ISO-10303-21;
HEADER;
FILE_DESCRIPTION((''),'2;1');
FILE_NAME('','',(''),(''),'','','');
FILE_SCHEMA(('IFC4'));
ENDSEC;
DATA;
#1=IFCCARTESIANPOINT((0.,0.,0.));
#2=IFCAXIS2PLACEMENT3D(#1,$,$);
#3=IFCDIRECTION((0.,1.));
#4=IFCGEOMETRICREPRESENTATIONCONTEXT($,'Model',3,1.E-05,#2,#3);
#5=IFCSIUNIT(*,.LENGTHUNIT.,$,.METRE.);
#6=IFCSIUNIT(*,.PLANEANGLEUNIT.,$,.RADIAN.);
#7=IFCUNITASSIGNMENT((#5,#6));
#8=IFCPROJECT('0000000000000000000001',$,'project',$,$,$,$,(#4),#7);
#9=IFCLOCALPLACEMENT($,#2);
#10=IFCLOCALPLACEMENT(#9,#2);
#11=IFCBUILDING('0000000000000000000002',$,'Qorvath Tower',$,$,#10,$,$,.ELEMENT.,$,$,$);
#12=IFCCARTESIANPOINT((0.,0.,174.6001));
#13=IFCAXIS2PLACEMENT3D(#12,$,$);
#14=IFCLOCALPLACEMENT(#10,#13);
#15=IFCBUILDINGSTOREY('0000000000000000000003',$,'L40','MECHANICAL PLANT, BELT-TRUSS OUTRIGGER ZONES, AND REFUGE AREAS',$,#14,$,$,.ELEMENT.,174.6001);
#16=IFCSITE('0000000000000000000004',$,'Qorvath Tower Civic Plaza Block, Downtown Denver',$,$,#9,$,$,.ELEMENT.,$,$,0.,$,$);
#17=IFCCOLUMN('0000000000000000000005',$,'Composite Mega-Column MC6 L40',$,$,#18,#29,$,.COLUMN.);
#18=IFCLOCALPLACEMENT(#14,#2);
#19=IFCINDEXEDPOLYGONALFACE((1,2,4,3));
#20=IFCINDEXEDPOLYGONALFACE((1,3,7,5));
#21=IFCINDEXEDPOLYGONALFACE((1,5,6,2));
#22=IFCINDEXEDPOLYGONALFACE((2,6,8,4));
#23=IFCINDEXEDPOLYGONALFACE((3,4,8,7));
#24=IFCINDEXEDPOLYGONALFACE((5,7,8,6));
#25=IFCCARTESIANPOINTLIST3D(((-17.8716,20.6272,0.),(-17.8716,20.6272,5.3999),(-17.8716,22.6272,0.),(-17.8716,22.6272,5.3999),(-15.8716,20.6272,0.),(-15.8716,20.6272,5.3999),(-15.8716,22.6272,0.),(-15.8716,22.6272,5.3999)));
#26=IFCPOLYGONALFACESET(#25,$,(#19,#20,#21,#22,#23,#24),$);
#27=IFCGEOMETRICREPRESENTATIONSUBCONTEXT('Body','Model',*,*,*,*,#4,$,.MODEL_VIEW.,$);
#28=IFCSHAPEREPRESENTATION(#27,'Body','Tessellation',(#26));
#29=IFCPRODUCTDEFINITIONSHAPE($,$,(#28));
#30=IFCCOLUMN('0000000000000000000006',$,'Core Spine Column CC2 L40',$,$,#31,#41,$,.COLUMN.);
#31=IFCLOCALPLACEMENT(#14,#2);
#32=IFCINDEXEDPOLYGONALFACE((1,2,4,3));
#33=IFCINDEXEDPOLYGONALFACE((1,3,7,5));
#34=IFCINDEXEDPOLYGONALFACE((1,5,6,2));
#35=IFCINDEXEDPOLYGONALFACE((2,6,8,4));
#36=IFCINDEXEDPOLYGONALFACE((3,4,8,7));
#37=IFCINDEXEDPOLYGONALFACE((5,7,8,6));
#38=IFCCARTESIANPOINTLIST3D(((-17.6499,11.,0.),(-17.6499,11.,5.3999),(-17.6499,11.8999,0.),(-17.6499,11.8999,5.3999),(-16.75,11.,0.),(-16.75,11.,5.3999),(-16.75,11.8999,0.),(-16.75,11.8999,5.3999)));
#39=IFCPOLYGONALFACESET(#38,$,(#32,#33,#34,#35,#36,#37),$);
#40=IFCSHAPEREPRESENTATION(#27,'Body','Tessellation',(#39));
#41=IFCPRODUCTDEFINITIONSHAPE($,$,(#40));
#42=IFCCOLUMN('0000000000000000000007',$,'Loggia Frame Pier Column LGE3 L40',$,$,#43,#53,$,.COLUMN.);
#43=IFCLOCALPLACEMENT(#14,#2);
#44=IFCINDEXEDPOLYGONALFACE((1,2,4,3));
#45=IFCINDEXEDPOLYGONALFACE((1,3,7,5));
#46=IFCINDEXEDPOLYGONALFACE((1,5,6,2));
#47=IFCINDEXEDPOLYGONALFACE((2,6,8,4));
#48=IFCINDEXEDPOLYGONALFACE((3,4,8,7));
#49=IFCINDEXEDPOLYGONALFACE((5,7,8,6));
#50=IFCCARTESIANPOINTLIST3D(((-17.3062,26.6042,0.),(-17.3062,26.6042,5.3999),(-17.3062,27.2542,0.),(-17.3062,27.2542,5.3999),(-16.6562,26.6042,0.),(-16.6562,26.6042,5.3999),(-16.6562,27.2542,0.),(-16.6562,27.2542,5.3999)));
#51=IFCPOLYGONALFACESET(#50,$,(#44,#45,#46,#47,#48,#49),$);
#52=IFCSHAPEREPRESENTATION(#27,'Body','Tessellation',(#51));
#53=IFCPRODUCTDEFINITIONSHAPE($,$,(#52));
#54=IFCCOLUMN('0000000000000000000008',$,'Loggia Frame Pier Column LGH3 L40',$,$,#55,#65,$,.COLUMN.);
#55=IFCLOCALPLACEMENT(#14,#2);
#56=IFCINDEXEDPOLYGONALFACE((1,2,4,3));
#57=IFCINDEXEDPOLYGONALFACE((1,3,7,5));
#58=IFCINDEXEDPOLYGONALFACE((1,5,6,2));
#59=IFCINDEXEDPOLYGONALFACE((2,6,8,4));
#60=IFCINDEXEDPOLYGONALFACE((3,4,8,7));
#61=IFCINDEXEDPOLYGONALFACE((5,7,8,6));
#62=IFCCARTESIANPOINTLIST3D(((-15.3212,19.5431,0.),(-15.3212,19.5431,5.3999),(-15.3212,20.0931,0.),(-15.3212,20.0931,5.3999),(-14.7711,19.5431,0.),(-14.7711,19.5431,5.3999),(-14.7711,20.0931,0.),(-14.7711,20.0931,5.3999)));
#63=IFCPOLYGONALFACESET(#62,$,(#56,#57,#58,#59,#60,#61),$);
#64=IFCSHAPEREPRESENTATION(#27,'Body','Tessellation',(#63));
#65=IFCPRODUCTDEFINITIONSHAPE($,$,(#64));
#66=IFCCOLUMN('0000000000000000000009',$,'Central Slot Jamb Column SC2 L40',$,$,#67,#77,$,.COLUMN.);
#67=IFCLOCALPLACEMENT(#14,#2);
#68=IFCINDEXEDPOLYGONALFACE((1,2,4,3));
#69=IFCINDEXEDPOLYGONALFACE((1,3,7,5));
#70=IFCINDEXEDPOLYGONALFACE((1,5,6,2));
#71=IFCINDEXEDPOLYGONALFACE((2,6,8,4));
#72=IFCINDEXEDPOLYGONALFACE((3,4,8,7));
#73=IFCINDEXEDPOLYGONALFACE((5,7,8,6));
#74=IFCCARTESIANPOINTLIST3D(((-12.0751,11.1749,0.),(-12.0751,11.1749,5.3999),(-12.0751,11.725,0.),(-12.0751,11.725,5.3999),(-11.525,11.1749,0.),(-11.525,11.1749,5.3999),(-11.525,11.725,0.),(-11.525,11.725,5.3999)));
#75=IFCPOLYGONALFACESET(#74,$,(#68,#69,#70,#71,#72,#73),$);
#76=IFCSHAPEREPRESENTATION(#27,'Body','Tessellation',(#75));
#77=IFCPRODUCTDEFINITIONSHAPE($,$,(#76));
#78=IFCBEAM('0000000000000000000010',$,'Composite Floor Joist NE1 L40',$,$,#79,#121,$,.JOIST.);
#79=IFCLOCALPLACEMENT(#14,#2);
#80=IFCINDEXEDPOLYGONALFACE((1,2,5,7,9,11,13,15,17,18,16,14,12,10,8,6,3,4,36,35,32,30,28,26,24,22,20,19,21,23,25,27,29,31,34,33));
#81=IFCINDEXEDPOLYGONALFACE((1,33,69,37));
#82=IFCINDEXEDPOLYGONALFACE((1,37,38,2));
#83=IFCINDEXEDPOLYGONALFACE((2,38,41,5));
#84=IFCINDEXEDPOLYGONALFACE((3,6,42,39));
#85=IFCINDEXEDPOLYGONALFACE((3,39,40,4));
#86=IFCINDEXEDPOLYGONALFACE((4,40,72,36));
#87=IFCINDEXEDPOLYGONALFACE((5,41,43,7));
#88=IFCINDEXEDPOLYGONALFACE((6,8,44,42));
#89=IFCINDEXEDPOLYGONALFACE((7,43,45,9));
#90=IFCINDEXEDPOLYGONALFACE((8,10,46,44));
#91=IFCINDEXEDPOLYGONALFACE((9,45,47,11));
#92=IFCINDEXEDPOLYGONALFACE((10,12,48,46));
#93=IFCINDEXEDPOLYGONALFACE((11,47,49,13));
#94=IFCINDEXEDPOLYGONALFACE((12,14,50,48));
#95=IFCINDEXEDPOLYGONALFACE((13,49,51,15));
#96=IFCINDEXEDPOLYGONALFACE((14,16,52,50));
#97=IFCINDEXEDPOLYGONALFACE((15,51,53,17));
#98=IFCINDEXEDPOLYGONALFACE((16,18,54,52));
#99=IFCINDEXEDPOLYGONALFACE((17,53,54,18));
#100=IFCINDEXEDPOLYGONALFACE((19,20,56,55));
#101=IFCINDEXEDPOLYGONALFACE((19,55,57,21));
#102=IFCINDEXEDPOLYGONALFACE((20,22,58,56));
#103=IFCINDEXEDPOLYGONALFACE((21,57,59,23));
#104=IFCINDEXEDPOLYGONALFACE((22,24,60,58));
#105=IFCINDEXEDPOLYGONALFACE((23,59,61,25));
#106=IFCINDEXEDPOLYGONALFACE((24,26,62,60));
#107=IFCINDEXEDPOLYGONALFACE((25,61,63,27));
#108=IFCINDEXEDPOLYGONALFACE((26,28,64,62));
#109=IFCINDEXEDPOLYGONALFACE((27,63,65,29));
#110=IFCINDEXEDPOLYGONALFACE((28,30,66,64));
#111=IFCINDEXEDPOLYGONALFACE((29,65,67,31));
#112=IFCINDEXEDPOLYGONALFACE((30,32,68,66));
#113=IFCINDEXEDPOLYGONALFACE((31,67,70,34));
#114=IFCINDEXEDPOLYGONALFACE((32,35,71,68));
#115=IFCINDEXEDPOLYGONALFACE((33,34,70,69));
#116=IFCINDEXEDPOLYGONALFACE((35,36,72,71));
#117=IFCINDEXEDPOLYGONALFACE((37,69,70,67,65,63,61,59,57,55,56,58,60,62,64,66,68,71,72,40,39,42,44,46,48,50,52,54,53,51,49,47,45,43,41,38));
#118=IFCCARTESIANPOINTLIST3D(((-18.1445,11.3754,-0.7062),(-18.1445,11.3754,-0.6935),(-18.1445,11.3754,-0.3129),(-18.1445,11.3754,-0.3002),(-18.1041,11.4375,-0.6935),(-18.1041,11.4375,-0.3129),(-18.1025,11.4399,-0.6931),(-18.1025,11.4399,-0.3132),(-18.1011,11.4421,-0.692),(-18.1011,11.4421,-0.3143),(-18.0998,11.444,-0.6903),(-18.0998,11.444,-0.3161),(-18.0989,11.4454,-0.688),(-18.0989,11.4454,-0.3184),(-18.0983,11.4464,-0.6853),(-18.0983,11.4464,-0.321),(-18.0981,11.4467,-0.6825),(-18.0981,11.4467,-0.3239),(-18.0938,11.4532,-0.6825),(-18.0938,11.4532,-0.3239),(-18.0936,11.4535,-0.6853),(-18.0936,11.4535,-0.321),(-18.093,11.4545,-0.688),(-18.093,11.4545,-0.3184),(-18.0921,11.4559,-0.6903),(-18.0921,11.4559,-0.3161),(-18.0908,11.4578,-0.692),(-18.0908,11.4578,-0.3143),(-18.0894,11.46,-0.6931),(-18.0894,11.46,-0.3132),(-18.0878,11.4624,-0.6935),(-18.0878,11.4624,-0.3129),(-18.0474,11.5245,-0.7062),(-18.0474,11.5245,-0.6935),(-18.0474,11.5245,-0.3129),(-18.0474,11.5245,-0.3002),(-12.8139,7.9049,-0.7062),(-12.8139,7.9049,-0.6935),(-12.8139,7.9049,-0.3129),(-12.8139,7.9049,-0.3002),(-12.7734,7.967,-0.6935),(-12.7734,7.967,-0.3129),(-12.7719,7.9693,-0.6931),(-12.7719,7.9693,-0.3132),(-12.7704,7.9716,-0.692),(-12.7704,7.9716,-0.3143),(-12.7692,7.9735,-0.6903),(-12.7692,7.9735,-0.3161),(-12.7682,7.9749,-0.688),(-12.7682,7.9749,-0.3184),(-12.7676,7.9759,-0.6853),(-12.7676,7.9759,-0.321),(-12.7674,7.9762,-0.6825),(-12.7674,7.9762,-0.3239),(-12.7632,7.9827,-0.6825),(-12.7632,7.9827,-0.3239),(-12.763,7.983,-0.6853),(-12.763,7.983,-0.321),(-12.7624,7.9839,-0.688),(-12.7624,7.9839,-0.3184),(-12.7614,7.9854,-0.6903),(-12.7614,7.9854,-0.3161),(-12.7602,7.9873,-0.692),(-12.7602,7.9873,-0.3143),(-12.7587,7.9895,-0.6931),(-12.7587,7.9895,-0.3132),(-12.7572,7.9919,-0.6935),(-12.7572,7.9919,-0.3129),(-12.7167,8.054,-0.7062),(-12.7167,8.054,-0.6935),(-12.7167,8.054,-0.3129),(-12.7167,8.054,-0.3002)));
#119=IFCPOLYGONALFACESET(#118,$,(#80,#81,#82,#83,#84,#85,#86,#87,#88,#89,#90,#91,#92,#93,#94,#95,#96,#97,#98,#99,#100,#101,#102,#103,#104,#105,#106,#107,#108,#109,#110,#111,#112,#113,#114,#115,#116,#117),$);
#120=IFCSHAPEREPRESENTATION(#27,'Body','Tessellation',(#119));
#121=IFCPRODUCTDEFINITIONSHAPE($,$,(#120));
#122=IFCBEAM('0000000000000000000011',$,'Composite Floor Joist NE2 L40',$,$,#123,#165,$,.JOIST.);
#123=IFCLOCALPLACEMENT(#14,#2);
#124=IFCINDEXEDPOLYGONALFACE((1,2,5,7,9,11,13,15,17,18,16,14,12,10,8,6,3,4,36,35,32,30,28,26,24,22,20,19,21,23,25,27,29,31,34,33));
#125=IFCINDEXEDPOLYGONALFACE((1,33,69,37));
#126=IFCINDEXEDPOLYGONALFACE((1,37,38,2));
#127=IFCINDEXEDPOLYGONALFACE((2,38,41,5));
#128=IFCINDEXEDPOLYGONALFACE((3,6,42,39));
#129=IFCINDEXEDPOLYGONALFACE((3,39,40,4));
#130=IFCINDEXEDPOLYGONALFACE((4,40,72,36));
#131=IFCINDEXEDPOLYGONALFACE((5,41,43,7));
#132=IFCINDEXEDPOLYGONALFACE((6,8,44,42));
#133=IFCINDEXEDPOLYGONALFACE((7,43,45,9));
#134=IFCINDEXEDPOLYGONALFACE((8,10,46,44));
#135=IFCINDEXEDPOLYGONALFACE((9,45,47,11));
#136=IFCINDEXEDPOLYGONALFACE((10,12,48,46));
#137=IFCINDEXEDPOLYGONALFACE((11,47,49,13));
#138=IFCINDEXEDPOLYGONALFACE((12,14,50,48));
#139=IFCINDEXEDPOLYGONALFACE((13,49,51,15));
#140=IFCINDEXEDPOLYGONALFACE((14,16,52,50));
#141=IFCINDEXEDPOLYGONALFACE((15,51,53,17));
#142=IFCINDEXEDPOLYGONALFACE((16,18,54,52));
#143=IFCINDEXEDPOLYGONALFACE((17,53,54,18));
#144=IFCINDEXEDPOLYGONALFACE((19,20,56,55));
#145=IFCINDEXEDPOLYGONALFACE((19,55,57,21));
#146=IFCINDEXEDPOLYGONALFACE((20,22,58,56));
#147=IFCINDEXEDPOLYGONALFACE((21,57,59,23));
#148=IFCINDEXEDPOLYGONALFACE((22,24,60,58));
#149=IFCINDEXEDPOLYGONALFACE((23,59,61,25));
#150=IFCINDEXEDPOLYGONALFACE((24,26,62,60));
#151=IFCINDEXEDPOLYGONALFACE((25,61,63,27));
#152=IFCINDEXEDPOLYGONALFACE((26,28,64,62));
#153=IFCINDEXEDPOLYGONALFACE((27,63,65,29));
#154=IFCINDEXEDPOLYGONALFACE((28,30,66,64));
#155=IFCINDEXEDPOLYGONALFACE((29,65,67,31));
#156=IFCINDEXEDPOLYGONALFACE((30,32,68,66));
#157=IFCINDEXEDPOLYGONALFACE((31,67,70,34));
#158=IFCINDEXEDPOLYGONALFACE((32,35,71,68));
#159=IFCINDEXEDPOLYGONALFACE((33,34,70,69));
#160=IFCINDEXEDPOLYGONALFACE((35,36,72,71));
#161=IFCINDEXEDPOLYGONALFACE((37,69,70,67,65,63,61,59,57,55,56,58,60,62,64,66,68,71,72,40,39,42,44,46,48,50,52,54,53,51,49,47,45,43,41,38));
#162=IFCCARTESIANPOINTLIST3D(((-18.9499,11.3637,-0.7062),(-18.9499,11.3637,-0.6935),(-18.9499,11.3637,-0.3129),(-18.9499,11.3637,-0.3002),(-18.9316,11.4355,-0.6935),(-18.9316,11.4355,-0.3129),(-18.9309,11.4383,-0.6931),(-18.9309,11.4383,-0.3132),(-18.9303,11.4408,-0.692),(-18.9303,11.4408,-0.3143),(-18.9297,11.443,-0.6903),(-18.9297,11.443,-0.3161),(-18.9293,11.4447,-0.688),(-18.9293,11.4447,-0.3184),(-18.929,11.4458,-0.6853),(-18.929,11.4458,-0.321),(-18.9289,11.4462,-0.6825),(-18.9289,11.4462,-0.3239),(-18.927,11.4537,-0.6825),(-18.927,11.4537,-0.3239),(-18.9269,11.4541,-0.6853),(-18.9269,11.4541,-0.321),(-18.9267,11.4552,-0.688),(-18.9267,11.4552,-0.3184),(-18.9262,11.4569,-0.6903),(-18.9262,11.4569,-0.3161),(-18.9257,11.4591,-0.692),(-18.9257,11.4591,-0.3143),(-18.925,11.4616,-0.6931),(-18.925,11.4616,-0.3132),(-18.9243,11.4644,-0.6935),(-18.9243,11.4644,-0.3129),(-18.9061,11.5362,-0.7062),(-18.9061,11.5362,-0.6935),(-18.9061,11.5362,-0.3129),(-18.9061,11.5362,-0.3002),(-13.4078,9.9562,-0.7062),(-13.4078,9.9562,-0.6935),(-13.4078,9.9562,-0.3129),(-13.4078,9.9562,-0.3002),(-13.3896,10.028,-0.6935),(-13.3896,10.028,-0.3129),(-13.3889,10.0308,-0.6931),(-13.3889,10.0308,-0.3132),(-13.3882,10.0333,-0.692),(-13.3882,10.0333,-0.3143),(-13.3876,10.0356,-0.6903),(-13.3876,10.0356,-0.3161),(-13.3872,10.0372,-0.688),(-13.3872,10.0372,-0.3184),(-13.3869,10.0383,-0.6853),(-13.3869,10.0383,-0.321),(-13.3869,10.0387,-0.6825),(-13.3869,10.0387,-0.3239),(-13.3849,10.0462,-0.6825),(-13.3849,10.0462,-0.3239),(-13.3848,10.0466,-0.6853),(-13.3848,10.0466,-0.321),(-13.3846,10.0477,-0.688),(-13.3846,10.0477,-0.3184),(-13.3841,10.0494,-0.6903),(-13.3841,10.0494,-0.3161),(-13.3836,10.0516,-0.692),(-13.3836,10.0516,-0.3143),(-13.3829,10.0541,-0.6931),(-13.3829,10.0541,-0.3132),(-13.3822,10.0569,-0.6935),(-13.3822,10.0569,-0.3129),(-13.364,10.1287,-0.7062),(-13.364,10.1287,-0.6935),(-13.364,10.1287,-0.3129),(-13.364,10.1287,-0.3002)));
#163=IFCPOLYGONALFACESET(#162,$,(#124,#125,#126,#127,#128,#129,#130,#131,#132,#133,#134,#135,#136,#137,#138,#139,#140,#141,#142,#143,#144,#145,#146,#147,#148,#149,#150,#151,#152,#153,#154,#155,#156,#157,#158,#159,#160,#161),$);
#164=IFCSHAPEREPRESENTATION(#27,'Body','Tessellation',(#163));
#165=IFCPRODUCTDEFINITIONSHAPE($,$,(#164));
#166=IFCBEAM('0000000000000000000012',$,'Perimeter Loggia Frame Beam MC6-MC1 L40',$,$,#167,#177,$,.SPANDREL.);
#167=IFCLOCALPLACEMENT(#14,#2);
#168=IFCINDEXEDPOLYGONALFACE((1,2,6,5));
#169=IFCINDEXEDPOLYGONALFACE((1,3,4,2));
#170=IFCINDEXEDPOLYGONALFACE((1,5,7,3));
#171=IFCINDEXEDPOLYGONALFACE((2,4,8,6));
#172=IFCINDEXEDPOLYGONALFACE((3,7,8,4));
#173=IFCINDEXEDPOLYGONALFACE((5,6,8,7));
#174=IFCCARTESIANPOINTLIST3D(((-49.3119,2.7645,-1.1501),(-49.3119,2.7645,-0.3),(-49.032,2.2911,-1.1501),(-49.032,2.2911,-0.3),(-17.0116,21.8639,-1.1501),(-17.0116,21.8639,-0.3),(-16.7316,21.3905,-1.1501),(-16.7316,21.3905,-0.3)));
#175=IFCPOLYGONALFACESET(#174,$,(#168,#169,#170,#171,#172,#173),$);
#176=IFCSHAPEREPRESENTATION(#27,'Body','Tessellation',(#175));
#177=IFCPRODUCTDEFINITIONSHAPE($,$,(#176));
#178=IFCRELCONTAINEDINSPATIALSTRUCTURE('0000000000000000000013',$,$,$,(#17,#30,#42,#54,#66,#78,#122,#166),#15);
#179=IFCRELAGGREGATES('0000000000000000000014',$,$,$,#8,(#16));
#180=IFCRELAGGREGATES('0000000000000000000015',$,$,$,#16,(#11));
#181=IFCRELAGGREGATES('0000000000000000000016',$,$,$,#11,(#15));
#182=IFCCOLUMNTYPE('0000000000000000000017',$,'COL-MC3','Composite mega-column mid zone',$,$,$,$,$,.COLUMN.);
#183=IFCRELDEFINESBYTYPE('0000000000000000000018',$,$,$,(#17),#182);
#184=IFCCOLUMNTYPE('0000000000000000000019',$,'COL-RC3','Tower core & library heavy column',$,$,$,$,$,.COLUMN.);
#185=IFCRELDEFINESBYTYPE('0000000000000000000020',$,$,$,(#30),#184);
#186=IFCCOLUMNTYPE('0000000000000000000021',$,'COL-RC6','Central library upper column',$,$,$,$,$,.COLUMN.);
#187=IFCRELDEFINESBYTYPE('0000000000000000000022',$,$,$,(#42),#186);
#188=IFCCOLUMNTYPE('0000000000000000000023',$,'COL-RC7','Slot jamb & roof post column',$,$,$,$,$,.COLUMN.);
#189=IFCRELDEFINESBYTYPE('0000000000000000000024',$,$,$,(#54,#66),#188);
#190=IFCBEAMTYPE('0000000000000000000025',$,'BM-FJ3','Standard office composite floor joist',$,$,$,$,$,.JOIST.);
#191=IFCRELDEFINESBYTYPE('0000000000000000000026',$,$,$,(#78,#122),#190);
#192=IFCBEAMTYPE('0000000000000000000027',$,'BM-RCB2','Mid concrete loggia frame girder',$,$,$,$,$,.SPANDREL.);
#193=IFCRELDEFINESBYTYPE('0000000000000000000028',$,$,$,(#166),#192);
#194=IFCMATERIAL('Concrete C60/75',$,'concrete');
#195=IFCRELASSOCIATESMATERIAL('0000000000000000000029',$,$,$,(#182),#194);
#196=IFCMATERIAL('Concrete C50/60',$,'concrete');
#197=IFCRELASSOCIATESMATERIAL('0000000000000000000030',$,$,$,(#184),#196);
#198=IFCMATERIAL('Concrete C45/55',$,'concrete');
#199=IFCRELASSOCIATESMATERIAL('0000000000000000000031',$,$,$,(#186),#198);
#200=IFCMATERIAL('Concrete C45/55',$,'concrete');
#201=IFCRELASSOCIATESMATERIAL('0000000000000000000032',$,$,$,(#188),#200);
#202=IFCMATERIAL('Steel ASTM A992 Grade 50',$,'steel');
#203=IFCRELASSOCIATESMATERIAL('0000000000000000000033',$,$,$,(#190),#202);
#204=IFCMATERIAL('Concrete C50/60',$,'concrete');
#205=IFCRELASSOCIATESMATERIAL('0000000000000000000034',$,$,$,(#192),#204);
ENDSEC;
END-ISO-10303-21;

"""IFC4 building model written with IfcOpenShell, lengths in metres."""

from ifc_helpers import new_model, si_unit, direction, frame, origin, origin_2d, place, context, subcontext, project, spatial, rectangle, i_section, extrude, material, material_profile, profile_set, type_object, element, save


model = new_model("IFC4")

# Units and contexts
model_context = context("Model", 3, precision=1e-05, world=origin(), true_north=direction((0.0, 1.0)))
body_context = subcontext(model_context, "Body", "Model", "MODEL_VIEW")
ifc_project = project(units=[si_unit("LENGTHUNIT", "METRE"), si_unit("PLANEANGLEUNIT", "RADIAN")], contexts=[model_context])

# Site, building, storey
site_placement = place(None, origin())
site = spatial("IfcSite", under=ifc_project, at=site_placement, Name="Qorvath Tower Civic Plaza Block, Downtown Denver", CompositionType="ELEMENT", RefElevation=0.0)
building_placement = place(site_placement, origin())
building = spatial("IfcBuilding", under=site, at=building_placement, Name="Qorvath Tower", CompositionType="ELEMENT")
storey_placement = place(building_placement, frame((0.0, 0.0, 174.6001)))
storey = spatial("IfcBuildingStorey", under=building, at=storey_placement, Name="L40", Description="MECHANICAL PLANT, BELT-TRUSS OUTRIGGER ZONES, AND REFUGE AREAS", CompositionType="ELEMENT", Elevation=174.6001)

# Columns
ifc_material_1 = material(Name="Concrete C60/75", Category="concrete")
ifc_material_profile_1 = material_profile(ifc_material_1, rectangle(XDim=2.0, YDim=2.0, at=origin_2d()), Name="MC 2000x2000")
ifc_profile_set_1 = profile_set([ifc_material_profile_1], Name="Concrete C60/75")
column_type_1 = type_object("IfcColumnType", Name="COL-MC3", Description="Composite mega-column mid zone", PredefinedType="COLUMN", material=ifc_profile_set_1)
column_1_placement = place(storey_placement, frame((-16.8716, 21.6272, 0.0), z_axis=(0.0, 0.0, 1.0), x_axis=(1.0, 0.0, 0.0)))
element("IfcColumn", 1, at=column_1_placement, inside=storey, type_object=column_type_1, Name="Composite Mega-Column MC6 L40", PredefinedType="COLUMN", context=body_context, shape_type="SweptSolid", body=[
    extrude(rectangle(XDim=2.0, YDim=2.0, at=origin_2d()), origin(), (0.0, 0.0, 1.0), 5.3999),
])
ifc_material_2 = material(Name="Concrete C50/60", Category="concrete")
ifc_material_profile_2 = material_profile(ifc_material_2, rectangle(XDim=0.8999, YDim=0.8999, at=origin_2d()), Name="RC 900x900")
ifc_profile_set_2 = profile_set([ifc_material_profile_2], Name="Concrete C50/60")
column_type_2 = type_object("IfcColumnType", Name="COL-RC3", Description="Tower core & library heavy column", PredefinedType="COLUMN", material=ifc_profile_set_2)
column_2_placement = place(storey_placement, frame((-17.2, 11.45, 0.0), z_axis=(0.0, 0.0, 1.0), x_axis=(1.0, 0.0, 0.0)))
element("IfcColumn", 2, at=column_2_placement, inside=storey, type_object=column_type_2, Name="Core Spine Column CC2 L40", PredefinedType="COLUMN", context=body_context, shape_type="SweptSolid", body=[
    extrude(rectangle(XDim=0.8999, YDim=0.8999, at=origin_2d()), origin(), (0.0, 0.0, 1.0), 5.3999),
])
ifc_material_3 = material(Name="Concrete C45/55", Category="concrete")
ifc_material_profile_3 = material_profile(ifc_material_3, rectangle(XDim=0.6499, YDim=0.6499, at=origin_2d()), Name="RC 650x650")
ifc_profile_set_3 = profile_set([ifc_material_profile_3], Name="Concrete C45/55")
column_type_3 = type_object("IfcColumnType", Name="COL-RC6", Description="Central library upper column", PredefinedType="COLUMN", material=ifc_profile_set_3)
column_3_placement = place(storey_placement, frame((-16.9812, 26.9292, 0.0), z_axis=(0.0, 0.0, 1.0), x_axis=(1.0, 0.0, 0.0)))
element("IfcColumn", 3, at=column_3_placement, inside=storey, type_object=column_type_3, Name="Loggia Frame Pier Column LGE3 L40", PredefinedType="COLUMN", context=body_context, shape_type="SweptSolid", body=[
    extrude(rectangle(XDim=0.6499, YDim=0.6499, at=origin_2d()), origin(), (0.0, 0.0, 1.0), 5.3999),
])
ifc_material_4 = material(Name="Concrete C45/55", Category="concrete")
ifc_material_profile_4 = material_profile(ifc_material_4, rectangle(XDim=0.55, YDim=0.55, at=origin_2d()), Name="RC 550x550")
ifc_profile_set_4 = profile_set([ifc_material_profile_4], Name="Concrete C45/55")
column_type_4 = type_object("IfcColumnType", Name="COL-RC7", Description="Slot jamb & roof post column", PredefinedType="COLUMN", material=ifc_profile_set_4)
for number, where, z_axis, x_axis, name in (
    (4, (-15.0461, 19.8181, 0.0), (0.0, 0.0, 1.0), (1.0, 0.0, 0.0), "Loggia Frame Pier Column LGH3 L40"),
    (5, (-11.8, 11.45, 0.0), (0.0, 0.0, 1.0), (1.0, 0.0, 0.0), "Central Slot Jamb Column SC2 L40"),
):
    element("IfcColumn", number, at=place(storey_placement, frame(where, z_axis=z_axis, x_axis=x_axis)), inside=storey, type_object=column_type_4, Name=name, PredefinedType="COLUMN", context=body_context, shape_type="SweptSolid", body=[
        extrude(rectangle(XDim=0.55, YDim=0.55, at=origin_2d()), origin(), (0.0, 0.0, 1.0), 5.3999),
    ])

# Beams
ifc_material_5 = material(Name="Steel ASTM A992 Grade 50", Category="steel")
ifc_material_profile_5 = material_profile(ifc_material_5, i_section(OverallWidth=0.178, OverallDepth=0.406, WebThickness=0.0078, FlangeThickness=0.0127, FilletRadius=0.011, at=origin_2d()), Name="W16x40")
ifc_profile_set_5 = profile_set([ifc_material_profile_5], Name="Steel ASTM A992 Grade 50")
beam_type_1 = type_object("IfcBeamType", Name="BM-FJ3", Description="Standard office composite floor joist", PredefinedType="JOIST", material=ifc_profile_set_5)
beam_1_placement = place(storey_placement, frame((-18.0959, 11.45, -0.5032), z_axis=(0.838042, -0.545606, 0.0), x_axis=(0.545606, 0.838042, 0.0)))
element("IfcBeam", 6, at=beam_1_placement, inside=storey, type_object=beam_type_1, Name="Composite Floor Joist NE1 L40", PredefinedType="JOIST", context=body_context, shape_type="SweptSolid", body=[
    extrude(i_section(OverallWidth=0.178, OverallDepth=0.406, WebThickness=0.0078, FlangeThickness=0.0127, FilletRadius=0.011, at=origin_2d()), origin(), (0.0, 0.0, 1.0), 6.3608),
])
beam_2_placement = place(storey_placement, frame((-18.928, 11.45, -0.5032), z_axis=(0.969232, -0.246151, 0.0), x_axis=(0.246151, 0.969232, 0.0)))
element("IfcBeam", 7, at=beam_2_placement, inside=storey, type_object=beam_type_1, Name="Composite Floor Joist NE2 L40", PredefinedType="JOIST", context=body_context, shape_type="SweptSolid", body=[
    extrude(i_section(OverallWidth=0.178, OverallDepth=0.406, WebThickness=0.0078, FlangeThickness=0.0127, FilletRadius=0.011, at=origin_2d()), origin(), (0.0, 0.0, 1.0), 5.718),
])
ifc_material_6 = material(Name="Concrete C50/60", Category="concrete")
ifc_material_profile_6 = material_profile(ifc_material_6, rectangle(XDim=0.55, YDim=0.8501, at=origin_2d()), Name="RCB 850x550")
ifc_profile_set_6 = profile_set([ifc_material_profile_6], Name="Concrete C50/60")
beam_type_2 = type_object("IfcBeamType", Name="BM-RCB2", Description="Mid concrete loggia frame girder", PredefinedType="SPANDREL", material=ifc_profile_set_6)
beam_3_placement = place(storey_placement, frame((-16.8716, 21.6272, -0.7251), z_axis=(-0.860777, -0.508983, 0.0), x_axis=(0.508983, -0.860777, 0.0)))
element("IfcBeam", 8, at=beam_3_placement, inside=storey, type_object=beam_type_2, Name="Perimeter Loggia Frame Beam MC6-MC1 L40", PredefinedType="SPANDREL", context=body_context, shape_type="SweptSolid", body=[
    extrude(rectangle(XDim=0.55, YDim=0.8501, at=origin_2d()), origin(), (0.0, 0.0, 1.0), 37.5247),
])

save(model, "model.ifc")
